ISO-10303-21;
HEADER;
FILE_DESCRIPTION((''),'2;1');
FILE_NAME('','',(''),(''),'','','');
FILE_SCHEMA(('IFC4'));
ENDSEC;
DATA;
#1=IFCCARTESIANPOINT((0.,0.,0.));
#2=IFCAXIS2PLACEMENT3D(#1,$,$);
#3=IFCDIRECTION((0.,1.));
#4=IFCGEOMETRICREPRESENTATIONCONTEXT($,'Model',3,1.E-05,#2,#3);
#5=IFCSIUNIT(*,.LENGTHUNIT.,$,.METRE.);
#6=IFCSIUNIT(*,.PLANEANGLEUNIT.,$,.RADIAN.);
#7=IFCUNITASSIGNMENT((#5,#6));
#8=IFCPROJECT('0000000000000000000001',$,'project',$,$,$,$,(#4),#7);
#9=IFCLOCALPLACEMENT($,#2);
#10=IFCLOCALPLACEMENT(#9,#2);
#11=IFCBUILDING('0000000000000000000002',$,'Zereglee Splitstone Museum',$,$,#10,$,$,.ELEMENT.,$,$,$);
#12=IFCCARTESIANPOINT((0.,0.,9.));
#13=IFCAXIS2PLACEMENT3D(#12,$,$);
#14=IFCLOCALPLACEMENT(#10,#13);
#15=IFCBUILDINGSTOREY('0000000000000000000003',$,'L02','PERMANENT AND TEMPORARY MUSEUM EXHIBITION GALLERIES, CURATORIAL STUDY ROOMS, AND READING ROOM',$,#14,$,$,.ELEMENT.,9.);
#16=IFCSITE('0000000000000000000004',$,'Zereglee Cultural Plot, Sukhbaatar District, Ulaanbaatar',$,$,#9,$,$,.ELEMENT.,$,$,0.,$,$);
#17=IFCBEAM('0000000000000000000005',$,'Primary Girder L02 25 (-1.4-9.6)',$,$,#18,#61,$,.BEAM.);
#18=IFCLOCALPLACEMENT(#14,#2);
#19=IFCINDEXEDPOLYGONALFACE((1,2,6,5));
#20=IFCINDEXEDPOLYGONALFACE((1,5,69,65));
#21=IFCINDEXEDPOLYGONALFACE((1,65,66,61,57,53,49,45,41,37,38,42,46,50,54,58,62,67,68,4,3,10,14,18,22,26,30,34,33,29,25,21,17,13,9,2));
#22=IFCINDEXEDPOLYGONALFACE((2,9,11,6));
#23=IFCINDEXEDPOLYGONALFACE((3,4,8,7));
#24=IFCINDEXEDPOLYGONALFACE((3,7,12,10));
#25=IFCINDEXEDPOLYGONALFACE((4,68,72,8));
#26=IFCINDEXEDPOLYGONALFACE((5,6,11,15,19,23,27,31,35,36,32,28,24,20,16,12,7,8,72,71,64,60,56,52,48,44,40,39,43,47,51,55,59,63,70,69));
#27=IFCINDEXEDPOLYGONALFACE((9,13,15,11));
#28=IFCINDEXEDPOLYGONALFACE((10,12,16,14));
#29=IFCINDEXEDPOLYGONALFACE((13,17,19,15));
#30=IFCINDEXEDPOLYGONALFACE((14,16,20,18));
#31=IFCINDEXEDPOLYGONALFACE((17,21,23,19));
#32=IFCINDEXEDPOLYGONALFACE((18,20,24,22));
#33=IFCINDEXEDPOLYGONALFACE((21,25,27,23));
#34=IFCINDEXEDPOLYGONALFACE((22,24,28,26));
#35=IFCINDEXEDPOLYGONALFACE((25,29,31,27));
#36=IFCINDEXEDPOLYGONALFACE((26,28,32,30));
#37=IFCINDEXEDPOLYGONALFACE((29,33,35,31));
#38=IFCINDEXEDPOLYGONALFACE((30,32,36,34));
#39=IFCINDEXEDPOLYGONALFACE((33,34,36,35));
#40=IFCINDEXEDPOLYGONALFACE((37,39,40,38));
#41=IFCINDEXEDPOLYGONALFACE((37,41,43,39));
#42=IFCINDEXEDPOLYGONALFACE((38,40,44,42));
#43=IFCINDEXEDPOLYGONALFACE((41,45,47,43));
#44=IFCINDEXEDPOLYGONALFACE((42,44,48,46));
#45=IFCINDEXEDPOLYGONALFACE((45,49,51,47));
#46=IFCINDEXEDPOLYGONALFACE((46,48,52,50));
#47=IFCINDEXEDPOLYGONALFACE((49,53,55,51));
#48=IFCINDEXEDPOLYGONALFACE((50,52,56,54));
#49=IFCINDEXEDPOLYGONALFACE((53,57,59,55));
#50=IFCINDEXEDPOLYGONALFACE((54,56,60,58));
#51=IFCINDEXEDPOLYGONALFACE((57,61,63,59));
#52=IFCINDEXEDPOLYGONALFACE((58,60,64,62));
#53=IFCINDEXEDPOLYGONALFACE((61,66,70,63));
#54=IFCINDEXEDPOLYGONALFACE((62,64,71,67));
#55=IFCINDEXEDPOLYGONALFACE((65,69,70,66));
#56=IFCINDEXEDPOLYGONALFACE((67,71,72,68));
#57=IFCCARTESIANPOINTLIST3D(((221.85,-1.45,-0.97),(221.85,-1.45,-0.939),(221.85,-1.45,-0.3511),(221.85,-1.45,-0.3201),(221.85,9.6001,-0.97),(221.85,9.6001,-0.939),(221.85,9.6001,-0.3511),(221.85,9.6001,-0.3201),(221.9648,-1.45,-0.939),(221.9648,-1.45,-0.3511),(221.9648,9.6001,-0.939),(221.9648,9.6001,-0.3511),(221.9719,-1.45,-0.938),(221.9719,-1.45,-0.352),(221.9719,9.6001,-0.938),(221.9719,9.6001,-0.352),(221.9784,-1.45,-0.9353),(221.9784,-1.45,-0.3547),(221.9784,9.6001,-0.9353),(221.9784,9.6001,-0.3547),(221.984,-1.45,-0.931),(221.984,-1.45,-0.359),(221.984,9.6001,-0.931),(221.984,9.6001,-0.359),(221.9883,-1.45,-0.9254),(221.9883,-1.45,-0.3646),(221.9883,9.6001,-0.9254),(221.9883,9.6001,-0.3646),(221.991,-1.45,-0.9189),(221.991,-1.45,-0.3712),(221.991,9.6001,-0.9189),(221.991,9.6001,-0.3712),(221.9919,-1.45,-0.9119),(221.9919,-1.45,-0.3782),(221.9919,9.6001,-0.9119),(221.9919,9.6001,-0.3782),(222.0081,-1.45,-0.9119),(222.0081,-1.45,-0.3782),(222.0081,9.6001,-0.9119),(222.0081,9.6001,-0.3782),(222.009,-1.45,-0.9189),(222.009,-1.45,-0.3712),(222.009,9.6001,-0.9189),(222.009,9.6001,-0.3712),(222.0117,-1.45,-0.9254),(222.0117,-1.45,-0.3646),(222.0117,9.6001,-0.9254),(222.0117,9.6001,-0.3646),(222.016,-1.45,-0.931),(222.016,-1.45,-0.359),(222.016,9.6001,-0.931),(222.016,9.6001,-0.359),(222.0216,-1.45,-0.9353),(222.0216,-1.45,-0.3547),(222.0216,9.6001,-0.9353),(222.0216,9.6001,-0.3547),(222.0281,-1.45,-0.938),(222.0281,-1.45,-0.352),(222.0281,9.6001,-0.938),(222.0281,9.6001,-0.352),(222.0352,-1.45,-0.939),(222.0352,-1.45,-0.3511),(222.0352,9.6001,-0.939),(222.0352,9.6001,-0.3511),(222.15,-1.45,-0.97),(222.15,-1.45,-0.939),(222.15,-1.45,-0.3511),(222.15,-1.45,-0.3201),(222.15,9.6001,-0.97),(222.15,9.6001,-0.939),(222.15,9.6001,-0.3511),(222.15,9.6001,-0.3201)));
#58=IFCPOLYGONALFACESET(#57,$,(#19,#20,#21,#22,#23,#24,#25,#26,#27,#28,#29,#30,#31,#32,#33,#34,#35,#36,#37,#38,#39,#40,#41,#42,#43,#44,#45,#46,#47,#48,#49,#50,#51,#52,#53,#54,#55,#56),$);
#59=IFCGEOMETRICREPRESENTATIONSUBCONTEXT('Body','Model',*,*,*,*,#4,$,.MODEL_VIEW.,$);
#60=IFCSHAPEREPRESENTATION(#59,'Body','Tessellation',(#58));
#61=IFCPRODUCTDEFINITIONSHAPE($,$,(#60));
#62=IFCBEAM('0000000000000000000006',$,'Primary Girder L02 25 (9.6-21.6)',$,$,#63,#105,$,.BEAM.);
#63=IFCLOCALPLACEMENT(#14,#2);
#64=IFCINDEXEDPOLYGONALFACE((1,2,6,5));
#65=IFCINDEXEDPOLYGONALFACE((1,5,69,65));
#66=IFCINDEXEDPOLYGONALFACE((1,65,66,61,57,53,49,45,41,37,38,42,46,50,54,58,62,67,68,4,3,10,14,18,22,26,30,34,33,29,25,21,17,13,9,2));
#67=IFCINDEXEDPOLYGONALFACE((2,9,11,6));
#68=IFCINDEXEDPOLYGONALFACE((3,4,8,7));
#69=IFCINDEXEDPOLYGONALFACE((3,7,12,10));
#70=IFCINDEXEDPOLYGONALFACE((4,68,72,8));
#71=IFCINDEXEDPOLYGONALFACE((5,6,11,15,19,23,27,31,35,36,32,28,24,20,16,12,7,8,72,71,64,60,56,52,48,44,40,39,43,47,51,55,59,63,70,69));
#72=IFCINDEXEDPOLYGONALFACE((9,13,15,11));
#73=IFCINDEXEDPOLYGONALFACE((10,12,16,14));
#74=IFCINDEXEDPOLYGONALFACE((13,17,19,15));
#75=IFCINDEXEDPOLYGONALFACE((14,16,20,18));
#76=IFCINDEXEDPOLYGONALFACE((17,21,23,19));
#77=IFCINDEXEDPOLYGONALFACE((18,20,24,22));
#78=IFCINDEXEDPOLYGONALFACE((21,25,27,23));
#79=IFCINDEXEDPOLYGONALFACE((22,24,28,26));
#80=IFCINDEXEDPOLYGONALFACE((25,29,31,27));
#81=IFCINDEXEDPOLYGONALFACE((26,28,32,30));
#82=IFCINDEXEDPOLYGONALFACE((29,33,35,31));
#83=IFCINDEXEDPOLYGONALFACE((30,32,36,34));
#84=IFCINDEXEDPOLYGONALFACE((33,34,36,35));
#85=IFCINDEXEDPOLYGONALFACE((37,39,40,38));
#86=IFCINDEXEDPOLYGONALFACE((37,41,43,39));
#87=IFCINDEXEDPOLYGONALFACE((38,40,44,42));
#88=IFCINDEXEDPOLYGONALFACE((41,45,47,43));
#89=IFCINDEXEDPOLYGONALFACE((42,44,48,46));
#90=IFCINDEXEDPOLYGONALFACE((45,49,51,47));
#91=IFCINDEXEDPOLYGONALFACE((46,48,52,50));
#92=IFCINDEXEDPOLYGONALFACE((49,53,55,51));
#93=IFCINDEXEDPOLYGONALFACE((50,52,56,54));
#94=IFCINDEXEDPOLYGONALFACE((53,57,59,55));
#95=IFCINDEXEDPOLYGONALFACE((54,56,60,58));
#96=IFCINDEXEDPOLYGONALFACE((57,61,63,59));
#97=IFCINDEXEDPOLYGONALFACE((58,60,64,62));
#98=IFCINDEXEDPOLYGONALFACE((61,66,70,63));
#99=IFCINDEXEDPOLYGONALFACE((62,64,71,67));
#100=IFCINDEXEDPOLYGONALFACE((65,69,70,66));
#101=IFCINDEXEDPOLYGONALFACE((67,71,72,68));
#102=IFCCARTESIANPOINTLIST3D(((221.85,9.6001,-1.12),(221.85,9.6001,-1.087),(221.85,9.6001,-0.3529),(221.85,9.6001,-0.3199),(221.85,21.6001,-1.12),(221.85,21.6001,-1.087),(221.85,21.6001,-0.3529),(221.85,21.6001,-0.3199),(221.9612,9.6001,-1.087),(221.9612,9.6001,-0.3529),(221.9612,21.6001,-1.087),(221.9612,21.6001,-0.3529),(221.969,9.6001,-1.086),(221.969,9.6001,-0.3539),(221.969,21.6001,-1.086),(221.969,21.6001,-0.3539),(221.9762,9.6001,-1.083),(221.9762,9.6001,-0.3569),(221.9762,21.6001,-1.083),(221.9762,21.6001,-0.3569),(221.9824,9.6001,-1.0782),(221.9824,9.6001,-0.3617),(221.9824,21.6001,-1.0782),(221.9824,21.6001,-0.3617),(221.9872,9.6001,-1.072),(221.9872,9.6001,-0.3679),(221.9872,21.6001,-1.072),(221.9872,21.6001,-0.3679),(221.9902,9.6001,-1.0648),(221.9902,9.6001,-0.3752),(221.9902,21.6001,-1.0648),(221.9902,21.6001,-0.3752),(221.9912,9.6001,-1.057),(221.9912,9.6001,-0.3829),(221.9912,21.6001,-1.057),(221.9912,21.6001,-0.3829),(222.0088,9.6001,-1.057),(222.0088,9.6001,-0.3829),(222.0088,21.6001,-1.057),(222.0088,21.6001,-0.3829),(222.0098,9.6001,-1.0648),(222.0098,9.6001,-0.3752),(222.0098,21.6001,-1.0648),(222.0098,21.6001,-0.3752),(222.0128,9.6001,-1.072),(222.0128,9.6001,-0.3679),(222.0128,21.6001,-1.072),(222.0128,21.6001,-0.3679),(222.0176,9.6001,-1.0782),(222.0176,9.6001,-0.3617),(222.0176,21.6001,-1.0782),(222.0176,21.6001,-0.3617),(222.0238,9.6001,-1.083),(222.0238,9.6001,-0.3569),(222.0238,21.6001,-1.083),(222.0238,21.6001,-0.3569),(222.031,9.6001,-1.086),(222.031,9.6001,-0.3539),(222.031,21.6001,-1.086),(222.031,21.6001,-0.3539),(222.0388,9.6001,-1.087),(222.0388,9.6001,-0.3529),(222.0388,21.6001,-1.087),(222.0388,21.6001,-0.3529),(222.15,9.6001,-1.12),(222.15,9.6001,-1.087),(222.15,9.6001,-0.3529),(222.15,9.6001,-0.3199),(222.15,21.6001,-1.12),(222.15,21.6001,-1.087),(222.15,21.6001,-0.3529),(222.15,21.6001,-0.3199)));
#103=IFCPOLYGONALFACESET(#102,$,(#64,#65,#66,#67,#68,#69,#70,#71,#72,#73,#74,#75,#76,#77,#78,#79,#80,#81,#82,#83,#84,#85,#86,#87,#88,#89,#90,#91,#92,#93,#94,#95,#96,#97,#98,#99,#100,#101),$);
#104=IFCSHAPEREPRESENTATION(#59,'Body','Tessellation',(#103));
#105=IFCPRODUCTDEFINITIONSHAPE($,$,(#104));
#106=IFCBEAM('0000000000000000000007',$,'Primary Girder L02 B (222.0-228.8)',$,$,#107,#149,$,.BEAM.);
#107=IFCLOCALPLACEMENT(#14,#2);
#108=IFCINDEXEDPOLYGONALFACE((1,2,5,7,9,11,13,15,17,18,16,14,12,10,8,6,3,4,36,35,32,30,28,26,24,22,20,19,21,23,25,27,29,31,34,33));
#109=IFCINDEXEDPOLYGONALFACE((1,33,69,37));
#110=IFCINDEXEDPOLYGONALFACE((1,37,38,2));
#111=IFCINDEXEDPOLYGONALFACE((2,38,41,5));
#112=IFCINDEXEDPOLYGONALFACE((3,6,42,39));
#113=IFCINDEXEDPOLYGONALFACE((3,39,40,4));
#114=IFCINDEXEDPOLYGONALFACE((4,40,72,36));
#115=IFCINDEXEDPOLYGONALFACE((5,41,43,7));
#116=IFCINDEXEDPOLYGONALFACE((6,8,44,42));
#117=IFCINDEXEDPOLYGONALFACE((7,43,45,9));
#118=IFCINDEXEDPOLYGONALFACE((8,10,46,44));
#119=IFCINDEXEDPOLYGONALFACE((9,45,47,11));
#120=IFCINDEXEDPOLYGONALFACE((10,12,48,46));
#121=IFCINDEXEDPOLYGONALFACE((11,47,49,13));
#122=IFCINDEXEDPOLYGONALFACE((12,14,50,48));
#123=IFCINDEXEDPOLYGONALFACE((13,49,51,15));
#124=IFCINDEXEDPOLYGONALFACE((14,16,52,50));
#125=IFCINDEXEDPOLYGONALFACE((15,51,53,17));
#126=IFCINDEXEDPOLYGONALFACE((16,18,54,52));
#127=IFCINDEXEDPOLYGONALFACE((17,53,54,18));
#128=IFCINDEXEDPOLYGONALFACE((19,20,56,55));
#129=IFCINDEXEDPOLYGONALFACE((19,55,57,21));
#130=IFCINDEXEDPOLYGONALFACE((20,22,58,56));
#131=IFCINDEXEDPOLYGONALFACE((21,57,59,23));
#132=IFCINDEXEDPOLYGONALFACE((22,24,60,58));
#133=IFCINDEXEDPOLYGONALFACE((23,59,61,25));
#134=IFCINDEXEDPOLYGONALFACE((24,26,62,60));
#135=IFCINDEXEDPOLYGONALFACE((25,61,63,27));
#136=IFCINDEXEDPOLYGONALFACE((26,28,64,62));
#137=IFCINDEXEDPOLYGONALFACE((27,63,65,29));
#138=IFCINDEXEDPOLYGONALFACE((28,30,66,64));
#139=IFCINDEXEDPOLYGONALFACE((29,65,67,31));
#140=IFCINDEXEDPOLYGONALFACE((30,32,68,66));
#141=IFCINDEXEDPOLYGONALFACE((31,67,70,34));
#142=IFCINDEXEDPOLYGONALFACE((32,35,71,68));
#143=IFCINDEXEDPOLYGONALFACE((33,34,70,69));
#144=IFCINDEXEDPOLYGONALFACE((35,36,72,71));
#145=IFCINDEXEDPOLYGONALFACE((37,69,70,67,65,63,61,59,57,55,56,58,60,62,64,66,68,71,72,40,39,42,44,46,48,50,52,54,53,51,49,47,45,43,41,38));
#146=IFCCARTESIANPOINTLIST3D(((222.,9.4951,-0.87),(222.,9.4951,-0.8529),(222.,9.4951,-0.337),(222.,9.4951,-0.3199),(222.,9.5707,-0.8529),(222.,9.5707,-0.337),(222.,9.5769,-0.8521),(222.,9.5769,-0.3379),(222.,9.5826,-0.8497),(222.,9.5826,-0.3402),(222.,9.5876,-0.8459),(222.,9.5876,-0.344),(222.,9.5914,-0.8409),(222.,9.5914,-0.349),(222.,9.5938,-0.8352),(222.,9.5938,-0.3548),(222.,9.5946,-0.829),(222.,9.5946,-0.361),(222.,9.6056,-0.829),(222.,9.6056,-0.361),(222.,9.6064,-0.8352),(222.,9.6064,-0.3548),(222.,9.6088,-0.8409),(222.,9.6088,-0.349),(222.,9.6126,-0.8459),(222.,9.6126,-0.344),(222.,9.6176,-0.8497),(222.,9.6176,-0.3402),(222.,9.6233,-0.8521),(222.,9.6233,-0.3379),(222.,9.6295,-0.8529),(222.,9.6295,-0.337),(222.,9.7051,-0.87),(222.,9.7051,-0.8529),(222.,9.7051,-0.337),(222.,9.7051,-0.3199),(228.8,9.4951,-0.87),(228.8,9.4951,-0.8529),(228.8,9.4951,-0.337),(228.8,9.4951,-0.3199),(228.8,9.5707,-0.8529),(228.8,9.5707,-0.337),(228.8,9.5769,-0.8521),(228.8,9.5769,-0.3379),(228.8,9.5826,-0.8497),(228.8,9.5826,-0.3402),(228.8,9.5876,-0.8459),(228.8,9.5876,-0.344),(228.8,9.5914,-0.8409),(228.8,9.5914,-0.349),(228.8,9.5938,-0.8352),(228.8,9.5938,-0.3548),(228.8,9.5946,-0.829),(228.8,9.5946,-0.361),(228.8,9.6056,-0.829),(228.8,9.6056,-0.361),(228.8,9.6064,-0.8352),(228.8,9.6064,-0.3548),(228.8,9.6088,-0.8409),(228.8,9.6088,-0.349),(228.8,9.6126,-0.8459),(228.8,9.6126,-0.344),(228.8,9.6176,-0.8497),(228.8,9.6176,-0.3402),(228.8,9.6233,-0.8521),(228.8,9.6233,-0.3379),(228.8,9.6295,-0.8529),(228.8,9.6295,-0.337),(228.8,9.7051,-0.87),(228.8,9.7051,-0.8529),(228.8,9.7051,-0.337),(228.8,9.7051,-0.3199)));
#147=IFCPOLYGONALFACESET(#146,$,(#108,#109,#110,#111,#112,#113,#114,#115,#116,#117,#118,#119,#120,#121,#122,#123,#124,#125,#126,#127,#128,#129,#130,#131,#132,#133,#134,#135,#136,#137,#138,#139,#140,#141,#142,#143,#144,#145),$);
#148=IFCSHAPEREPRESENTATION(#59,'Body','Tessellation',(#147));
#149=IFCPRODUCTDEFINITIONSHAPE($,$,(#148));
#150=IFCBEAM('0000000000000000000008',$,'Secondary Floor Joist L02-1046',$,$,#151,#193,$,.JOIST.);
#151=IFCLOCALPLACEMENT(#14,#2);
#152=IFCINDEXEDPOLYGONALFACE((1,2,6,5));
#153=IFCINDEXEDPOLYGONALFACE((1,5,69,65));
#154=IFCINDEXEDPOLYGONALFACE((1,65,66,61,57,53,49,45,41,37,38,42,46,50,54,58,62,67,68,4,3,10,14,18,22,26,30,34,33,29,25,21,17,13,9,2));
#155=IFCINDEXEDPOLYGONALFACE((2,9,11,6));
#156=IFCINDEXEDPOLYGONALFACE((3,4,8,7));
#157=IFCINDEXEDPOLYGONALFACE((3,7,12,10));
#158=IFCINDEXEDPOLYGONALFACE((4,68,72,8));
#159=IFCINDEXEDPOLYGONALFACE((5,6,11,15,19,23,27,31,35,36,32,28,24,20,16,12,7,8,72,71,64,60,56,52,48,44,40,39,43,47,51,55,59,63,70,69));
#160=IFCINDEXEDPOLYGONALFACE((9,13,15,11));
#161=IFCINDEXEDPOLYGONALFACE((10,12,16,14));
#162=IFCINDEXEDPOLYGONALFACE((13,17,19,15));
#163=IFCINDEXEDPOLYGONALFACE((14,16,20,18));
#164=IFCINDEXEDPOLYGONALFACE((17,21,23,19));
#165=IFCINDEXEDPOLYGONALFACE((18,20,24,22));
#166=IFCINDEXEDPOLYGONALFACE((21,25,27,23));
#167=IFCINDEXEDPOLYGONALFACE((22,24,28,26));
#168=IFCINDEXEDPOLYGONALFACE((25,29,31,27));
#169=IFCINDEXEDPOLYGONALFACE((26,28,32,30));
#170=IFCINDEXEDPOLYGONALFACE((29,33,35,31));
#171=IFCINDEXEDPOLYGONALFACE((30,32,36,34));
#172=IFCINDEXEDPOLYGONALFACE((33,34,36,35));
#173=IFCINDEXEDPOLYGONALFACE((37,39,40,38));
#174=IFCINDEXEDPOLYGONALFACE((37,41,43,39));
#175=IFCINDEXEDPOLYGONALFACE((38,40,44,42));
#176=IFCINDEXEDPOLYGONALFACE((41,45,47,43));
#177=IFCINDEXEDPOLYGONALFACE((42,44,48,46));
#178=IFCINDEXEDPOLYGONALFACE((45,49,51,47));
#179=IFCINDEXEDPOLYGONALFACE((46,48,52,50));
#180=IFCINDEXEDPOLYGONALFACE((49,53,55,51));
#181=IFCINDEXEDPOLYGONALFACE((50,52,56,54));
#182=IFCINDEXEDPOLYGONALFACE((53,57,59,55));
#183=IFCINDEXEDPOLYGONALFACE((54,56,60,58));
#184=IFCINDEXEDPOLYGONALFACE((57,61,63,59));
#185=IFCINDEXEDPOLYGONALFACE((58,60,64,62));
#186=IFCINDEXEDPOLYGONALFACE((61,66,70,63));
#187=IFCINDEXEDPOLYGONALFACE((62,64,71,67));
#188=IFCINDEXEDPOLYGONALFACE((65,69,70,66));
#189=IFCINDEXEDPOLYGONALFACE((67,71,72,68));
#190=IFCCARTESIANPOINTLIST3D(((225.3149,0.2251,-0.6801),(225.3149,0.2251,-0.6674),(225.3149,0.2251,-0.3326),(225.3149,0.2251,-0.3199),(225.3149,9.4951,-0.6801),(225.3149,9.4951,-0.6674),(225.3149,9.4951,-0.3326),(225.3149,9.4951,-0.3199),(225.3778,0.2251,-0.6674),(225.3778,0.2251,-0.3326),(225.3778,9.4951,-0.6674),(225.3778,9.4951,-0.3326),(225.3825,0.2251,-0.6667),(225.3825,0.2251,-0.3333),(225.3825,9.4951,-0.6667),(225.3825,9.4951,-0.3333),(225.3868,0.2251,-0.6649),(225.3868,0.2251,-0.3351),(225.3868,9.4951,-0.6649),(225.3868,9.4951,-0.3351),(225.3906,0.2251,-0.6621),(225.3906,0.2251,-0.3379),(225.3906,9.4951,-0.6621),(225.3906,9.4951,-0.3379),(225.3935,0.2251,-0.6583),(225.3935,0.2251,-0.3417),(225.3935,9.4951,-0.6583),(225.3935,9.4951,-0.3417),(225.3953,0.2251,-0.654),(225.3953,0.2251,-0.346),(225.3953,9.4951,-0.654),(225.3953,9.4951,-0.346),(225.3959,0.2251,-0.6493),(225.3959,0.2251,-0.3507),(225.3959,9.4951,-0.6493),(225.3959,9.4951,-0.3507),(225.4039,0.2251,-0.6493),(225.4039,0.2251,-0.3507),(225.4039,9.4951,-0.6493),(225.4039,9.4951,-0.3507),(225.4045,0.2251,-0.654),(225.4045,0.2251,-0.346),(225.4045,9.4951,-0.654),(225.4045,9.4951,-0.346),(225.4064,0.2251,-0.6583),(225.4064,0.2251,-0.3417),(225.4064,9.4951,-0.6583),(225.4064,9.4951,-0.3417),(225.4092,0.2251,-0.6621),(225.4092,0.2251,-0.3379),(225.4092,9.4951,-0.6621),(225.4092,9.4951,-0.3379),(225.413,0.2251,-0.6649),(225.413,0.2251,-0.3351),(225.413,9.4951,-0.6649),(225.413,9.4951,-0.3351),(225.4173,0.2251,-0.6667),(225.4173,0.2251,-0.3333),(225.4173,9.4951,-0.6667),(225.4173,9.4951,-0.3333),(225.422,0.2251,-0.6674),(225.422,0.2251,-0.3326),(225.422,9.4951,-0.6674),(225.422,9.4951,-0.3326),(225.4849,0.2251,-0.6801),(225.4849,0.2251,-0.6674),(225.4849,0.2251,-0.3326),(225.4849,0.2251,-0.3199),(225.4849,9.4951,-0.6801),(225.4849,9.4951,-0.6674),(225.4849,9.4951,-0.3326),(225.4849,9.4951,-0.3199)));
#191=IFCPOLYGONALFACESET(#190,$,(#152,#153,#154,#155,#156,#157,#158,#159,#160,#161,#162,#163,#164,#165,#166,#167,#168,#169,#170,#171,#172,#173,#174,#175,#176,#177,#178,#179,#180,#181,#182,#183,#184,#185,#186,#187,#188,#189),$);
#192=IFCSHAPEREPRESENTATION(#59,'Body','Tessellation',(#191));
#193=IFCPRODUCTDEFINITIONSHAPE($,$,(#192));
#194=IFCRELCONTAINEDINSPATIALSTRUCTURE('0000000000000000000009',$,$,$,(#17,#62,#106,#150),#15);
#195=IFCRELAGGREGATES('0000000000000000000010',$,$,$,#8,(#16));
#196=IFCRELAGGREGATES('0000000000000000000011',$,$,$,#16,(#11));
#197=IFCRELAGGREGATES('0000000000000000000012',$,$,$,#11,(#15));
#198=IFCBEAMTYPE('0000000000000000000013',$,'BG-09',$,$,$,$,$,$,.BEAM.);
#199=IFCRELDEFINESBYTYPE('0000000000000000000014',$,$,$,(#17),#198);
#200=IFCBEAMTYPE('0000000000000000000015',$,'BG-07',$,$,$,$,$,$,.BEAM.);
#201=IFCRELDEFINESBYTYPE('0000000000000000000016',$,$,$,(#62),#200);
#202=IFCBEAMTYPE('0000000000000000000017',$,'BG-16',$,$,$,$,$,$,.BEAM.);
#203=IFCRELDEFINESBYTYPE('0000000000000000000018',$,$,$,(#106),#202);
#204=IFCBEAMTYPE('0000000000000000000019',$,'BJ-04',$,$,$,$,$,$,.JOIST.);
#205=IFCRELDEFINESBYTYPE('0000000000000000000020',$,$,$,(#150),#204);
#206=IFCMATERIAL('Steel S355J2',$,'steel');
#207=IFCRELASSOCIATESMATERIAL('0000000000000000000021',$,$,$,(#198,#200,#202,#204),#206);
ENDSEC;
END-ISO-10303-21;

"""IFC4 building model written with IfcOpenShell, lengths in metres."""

from ifc_helpers import new_model, si_unit, direction, frame, origin, origin_2d, place, context, subcontext, project, spatial, i_section, extrude, material, material_profile, profile_set, type_object, element, save


model = new_model("IFC4")

# Units and contexts
model_context = context("Model", 3, precision=1e-05, world=origin(), true_north=direction((0.0, 1.0)))
body_context = subcontext(model_context, "Body", "Model", "MODEL_VIEW")
ifc_project = project(units=[si_unit("LENGTHUNIT", "METRE"), si_unit("PLANEANGLEUNIT", "RADIAN")], contexts=[model_context])

# Site, building, storey
site_placement = place(None, origin())
site = spatial("IfcSite", under=ifc_project, at=site_placement, Name="Zereglee Cultural Plot, Sukhbaatar District, Ulaanbaatar", CompositionType="ELEMENT", RefElevation=0.0)
building_placement = place(site_placement, origin())
building = spatial("IfcBuilding", under=site, at=building_placement, Name="Zereglee Splitstone Museum", CompositionType="ELEMENT")
storey_placement = place(building_placement, frame((0.0, 0.0, 9.0)))
storey = spatial("IfcBuildingStorey", under=building, at=storey_placement, Name="L02", Description="PERMANENT AND TEMPORARY MUSEUM EXHIBITION GALLERIES, CURATORIAL STUDY ROOMS, AND READING ROOM", CompositionType="ELEMENT", Elevation=9.0)

# Shared definitions
ifc_material_1 = material(Name="Steel S355J2", Category="steel")

# Beams
ifc_material_profile_1 = material_profile(ifc_material_1, i_section(OverallWidth=0.3, OverallDepth=0.6499, WebThickness=0.0161, FlangeThickness=0.031, FilletRadius=0.0271, at=origin_2d()), Name="HE 650 B")
ifc_profile_set_1 = profile_set([ifc_material_profile_1], Name="Steel S355J2")
beam_type_1 = type_object("IfcBeamType", Name="BG-09", PredefinedType="BEAM", material=ifc_profile_set_1)
beam_1_placement = place(storey_placement, frame((222.0, -1.45, -0.645), z_axis=(0.0, 1.0, 0.0), x_axis=(-1.0, 0.0, 0.0)))
element("IfcBeam", 1, at=beam_1_placement, inside=storey, type_object=beam_type_1, Name="Primary Girder L02 25 (-1.4-9.6)", PredefinedType="BEAM", context=body_context, shape_type="SweptSolid", body=[
    extrude(i_section(OverallWidth=0.3, OverallDepth=0.6499, WebThickness=0.0161, FlangeThickness=0.031, FilletRadius=0.0271, at=origin_2d()), origin(), (0.0, 0.0, 1.0), 11.05),
])
ifc_material_profile_2 = material_profile(ifc_material_1, i_section(OverallWidth=0.3, OverallDepth=0.8, WebThickness=0.0176, FlangeThickness=0.033, FilletRadius=0.03, at=origin_2d()), Name="HE 800 B")
ifc_profile_set_2 = profile_set([ifc_material_profile_2], Name="Steel S355J2")
beam_type_2 = type_object("IfcBeamType", Name="BG-07", PredefinedType="BEAM", material=ifc_profile_set_2)
beam_2_placement = place(storey_placement, frame((222.0, 9.6001, -0.72), z_axis=(0.0, 1.0, 0.0), x_axis=(-1.0, 0.0, 0.0)))
element("IfcBeam", 2, at=beam_2_placement, inside=storey, type_object=beam_type_2, Name="Primary Girder L02 25 (9.6-21.6)", PredefinedType="BEAM", context=body_context, shape_type="SweptSolid", body=[
    extrude(i_section(OverallWidth=0.3, OverallDepth=0.8, WebThickness=0.0176, FlangeThickness=0.033, FilletRadius=0.03, at=origin_2d()), origin(), (0.0, 0.0, 1.0), 12.0),
])
ifc_material_profile_3 = material_profile(ifc_material_1, i_section(OverallWidth=0.21, OverallDepth=0.55, WebThickness=0.011, FlangeThickness=0.0171, FilletRadius=0.0239, at=origin_2d()), Name="IPE 550")
ifc_profile_set_3 = profile_set([ifc_material_profile_3], Name="Steel S355J2")
beam_type_3 = type_object("IfcBeamType", Name="BG-16", PredefinedType="BEAM", material=ifc_profile_set_3)
beam_3_placement = place(storey_placement, frame((222.0, 9.6001, -0.595), z_axis=(1.0, 0.0, 0.0), x_axis=(0.0, 1.0, 0.0)))
element("IfcBeam", 3, at=beam_3_placement, inside=storey, type_object=beam_type_3, Name="Primary Girder L02 B (222.0-228.8)", PredefinedType="BEAM", context=body_context, shape_type="SweptSolid", body=[
    extrude(i_section(OverallWidth=0.21, OverallDepth=0.55, WebThickness=0.011, FlangeThickness=0.0171, FilletRadius=0.0239, at=origin_2d()), origin(), (0.0, 0.0, 1.0), 6.8),
])
ifc_material_profile_4 = material_profile(ifc_material_1, i_section(OverallWidth=0.1699, OverallDepth=0.3601, WebThickness=0.0081, FlangeThickness=0.0127, FilletRadius=0.0181, at=origin_2d()), Name="IPE 360")
ifc_profile_set_4 = profile_set([ifc_material_profile_4], Name="Steel S355J2")
beam_type_4 = type_object("IfcBeamType", Name="BJ-04", PredefinedType="JOIST", material=ifc_profile_set_4)
beam_4_placement = place(storey_placement, frame((225.3999, 0.2251, -0.5), z_axis=(0.0, 1.0, 0.0), x_axis=(-1.0, 0.0, 0.0)))
element("IfcBeam", 4, at=beam_4_placement, inside=storey, type_object=beam_type_4, Name="Secondary Floor Joist L02-1046", PredefinedType="JOIST", context=body_context, shape_type="SweptSolid", body=[
    extrude(i_section(OverallWidth=0.1699, OverallDepth=0.3601, WebThickness=0.0081, FlangeThickness=0.0127, FilletRadius=0.0181, at=origin_2d()), origin(), (0.0, 0.0, 1.0), 9.27),
])

save(model, "model.ifc")
